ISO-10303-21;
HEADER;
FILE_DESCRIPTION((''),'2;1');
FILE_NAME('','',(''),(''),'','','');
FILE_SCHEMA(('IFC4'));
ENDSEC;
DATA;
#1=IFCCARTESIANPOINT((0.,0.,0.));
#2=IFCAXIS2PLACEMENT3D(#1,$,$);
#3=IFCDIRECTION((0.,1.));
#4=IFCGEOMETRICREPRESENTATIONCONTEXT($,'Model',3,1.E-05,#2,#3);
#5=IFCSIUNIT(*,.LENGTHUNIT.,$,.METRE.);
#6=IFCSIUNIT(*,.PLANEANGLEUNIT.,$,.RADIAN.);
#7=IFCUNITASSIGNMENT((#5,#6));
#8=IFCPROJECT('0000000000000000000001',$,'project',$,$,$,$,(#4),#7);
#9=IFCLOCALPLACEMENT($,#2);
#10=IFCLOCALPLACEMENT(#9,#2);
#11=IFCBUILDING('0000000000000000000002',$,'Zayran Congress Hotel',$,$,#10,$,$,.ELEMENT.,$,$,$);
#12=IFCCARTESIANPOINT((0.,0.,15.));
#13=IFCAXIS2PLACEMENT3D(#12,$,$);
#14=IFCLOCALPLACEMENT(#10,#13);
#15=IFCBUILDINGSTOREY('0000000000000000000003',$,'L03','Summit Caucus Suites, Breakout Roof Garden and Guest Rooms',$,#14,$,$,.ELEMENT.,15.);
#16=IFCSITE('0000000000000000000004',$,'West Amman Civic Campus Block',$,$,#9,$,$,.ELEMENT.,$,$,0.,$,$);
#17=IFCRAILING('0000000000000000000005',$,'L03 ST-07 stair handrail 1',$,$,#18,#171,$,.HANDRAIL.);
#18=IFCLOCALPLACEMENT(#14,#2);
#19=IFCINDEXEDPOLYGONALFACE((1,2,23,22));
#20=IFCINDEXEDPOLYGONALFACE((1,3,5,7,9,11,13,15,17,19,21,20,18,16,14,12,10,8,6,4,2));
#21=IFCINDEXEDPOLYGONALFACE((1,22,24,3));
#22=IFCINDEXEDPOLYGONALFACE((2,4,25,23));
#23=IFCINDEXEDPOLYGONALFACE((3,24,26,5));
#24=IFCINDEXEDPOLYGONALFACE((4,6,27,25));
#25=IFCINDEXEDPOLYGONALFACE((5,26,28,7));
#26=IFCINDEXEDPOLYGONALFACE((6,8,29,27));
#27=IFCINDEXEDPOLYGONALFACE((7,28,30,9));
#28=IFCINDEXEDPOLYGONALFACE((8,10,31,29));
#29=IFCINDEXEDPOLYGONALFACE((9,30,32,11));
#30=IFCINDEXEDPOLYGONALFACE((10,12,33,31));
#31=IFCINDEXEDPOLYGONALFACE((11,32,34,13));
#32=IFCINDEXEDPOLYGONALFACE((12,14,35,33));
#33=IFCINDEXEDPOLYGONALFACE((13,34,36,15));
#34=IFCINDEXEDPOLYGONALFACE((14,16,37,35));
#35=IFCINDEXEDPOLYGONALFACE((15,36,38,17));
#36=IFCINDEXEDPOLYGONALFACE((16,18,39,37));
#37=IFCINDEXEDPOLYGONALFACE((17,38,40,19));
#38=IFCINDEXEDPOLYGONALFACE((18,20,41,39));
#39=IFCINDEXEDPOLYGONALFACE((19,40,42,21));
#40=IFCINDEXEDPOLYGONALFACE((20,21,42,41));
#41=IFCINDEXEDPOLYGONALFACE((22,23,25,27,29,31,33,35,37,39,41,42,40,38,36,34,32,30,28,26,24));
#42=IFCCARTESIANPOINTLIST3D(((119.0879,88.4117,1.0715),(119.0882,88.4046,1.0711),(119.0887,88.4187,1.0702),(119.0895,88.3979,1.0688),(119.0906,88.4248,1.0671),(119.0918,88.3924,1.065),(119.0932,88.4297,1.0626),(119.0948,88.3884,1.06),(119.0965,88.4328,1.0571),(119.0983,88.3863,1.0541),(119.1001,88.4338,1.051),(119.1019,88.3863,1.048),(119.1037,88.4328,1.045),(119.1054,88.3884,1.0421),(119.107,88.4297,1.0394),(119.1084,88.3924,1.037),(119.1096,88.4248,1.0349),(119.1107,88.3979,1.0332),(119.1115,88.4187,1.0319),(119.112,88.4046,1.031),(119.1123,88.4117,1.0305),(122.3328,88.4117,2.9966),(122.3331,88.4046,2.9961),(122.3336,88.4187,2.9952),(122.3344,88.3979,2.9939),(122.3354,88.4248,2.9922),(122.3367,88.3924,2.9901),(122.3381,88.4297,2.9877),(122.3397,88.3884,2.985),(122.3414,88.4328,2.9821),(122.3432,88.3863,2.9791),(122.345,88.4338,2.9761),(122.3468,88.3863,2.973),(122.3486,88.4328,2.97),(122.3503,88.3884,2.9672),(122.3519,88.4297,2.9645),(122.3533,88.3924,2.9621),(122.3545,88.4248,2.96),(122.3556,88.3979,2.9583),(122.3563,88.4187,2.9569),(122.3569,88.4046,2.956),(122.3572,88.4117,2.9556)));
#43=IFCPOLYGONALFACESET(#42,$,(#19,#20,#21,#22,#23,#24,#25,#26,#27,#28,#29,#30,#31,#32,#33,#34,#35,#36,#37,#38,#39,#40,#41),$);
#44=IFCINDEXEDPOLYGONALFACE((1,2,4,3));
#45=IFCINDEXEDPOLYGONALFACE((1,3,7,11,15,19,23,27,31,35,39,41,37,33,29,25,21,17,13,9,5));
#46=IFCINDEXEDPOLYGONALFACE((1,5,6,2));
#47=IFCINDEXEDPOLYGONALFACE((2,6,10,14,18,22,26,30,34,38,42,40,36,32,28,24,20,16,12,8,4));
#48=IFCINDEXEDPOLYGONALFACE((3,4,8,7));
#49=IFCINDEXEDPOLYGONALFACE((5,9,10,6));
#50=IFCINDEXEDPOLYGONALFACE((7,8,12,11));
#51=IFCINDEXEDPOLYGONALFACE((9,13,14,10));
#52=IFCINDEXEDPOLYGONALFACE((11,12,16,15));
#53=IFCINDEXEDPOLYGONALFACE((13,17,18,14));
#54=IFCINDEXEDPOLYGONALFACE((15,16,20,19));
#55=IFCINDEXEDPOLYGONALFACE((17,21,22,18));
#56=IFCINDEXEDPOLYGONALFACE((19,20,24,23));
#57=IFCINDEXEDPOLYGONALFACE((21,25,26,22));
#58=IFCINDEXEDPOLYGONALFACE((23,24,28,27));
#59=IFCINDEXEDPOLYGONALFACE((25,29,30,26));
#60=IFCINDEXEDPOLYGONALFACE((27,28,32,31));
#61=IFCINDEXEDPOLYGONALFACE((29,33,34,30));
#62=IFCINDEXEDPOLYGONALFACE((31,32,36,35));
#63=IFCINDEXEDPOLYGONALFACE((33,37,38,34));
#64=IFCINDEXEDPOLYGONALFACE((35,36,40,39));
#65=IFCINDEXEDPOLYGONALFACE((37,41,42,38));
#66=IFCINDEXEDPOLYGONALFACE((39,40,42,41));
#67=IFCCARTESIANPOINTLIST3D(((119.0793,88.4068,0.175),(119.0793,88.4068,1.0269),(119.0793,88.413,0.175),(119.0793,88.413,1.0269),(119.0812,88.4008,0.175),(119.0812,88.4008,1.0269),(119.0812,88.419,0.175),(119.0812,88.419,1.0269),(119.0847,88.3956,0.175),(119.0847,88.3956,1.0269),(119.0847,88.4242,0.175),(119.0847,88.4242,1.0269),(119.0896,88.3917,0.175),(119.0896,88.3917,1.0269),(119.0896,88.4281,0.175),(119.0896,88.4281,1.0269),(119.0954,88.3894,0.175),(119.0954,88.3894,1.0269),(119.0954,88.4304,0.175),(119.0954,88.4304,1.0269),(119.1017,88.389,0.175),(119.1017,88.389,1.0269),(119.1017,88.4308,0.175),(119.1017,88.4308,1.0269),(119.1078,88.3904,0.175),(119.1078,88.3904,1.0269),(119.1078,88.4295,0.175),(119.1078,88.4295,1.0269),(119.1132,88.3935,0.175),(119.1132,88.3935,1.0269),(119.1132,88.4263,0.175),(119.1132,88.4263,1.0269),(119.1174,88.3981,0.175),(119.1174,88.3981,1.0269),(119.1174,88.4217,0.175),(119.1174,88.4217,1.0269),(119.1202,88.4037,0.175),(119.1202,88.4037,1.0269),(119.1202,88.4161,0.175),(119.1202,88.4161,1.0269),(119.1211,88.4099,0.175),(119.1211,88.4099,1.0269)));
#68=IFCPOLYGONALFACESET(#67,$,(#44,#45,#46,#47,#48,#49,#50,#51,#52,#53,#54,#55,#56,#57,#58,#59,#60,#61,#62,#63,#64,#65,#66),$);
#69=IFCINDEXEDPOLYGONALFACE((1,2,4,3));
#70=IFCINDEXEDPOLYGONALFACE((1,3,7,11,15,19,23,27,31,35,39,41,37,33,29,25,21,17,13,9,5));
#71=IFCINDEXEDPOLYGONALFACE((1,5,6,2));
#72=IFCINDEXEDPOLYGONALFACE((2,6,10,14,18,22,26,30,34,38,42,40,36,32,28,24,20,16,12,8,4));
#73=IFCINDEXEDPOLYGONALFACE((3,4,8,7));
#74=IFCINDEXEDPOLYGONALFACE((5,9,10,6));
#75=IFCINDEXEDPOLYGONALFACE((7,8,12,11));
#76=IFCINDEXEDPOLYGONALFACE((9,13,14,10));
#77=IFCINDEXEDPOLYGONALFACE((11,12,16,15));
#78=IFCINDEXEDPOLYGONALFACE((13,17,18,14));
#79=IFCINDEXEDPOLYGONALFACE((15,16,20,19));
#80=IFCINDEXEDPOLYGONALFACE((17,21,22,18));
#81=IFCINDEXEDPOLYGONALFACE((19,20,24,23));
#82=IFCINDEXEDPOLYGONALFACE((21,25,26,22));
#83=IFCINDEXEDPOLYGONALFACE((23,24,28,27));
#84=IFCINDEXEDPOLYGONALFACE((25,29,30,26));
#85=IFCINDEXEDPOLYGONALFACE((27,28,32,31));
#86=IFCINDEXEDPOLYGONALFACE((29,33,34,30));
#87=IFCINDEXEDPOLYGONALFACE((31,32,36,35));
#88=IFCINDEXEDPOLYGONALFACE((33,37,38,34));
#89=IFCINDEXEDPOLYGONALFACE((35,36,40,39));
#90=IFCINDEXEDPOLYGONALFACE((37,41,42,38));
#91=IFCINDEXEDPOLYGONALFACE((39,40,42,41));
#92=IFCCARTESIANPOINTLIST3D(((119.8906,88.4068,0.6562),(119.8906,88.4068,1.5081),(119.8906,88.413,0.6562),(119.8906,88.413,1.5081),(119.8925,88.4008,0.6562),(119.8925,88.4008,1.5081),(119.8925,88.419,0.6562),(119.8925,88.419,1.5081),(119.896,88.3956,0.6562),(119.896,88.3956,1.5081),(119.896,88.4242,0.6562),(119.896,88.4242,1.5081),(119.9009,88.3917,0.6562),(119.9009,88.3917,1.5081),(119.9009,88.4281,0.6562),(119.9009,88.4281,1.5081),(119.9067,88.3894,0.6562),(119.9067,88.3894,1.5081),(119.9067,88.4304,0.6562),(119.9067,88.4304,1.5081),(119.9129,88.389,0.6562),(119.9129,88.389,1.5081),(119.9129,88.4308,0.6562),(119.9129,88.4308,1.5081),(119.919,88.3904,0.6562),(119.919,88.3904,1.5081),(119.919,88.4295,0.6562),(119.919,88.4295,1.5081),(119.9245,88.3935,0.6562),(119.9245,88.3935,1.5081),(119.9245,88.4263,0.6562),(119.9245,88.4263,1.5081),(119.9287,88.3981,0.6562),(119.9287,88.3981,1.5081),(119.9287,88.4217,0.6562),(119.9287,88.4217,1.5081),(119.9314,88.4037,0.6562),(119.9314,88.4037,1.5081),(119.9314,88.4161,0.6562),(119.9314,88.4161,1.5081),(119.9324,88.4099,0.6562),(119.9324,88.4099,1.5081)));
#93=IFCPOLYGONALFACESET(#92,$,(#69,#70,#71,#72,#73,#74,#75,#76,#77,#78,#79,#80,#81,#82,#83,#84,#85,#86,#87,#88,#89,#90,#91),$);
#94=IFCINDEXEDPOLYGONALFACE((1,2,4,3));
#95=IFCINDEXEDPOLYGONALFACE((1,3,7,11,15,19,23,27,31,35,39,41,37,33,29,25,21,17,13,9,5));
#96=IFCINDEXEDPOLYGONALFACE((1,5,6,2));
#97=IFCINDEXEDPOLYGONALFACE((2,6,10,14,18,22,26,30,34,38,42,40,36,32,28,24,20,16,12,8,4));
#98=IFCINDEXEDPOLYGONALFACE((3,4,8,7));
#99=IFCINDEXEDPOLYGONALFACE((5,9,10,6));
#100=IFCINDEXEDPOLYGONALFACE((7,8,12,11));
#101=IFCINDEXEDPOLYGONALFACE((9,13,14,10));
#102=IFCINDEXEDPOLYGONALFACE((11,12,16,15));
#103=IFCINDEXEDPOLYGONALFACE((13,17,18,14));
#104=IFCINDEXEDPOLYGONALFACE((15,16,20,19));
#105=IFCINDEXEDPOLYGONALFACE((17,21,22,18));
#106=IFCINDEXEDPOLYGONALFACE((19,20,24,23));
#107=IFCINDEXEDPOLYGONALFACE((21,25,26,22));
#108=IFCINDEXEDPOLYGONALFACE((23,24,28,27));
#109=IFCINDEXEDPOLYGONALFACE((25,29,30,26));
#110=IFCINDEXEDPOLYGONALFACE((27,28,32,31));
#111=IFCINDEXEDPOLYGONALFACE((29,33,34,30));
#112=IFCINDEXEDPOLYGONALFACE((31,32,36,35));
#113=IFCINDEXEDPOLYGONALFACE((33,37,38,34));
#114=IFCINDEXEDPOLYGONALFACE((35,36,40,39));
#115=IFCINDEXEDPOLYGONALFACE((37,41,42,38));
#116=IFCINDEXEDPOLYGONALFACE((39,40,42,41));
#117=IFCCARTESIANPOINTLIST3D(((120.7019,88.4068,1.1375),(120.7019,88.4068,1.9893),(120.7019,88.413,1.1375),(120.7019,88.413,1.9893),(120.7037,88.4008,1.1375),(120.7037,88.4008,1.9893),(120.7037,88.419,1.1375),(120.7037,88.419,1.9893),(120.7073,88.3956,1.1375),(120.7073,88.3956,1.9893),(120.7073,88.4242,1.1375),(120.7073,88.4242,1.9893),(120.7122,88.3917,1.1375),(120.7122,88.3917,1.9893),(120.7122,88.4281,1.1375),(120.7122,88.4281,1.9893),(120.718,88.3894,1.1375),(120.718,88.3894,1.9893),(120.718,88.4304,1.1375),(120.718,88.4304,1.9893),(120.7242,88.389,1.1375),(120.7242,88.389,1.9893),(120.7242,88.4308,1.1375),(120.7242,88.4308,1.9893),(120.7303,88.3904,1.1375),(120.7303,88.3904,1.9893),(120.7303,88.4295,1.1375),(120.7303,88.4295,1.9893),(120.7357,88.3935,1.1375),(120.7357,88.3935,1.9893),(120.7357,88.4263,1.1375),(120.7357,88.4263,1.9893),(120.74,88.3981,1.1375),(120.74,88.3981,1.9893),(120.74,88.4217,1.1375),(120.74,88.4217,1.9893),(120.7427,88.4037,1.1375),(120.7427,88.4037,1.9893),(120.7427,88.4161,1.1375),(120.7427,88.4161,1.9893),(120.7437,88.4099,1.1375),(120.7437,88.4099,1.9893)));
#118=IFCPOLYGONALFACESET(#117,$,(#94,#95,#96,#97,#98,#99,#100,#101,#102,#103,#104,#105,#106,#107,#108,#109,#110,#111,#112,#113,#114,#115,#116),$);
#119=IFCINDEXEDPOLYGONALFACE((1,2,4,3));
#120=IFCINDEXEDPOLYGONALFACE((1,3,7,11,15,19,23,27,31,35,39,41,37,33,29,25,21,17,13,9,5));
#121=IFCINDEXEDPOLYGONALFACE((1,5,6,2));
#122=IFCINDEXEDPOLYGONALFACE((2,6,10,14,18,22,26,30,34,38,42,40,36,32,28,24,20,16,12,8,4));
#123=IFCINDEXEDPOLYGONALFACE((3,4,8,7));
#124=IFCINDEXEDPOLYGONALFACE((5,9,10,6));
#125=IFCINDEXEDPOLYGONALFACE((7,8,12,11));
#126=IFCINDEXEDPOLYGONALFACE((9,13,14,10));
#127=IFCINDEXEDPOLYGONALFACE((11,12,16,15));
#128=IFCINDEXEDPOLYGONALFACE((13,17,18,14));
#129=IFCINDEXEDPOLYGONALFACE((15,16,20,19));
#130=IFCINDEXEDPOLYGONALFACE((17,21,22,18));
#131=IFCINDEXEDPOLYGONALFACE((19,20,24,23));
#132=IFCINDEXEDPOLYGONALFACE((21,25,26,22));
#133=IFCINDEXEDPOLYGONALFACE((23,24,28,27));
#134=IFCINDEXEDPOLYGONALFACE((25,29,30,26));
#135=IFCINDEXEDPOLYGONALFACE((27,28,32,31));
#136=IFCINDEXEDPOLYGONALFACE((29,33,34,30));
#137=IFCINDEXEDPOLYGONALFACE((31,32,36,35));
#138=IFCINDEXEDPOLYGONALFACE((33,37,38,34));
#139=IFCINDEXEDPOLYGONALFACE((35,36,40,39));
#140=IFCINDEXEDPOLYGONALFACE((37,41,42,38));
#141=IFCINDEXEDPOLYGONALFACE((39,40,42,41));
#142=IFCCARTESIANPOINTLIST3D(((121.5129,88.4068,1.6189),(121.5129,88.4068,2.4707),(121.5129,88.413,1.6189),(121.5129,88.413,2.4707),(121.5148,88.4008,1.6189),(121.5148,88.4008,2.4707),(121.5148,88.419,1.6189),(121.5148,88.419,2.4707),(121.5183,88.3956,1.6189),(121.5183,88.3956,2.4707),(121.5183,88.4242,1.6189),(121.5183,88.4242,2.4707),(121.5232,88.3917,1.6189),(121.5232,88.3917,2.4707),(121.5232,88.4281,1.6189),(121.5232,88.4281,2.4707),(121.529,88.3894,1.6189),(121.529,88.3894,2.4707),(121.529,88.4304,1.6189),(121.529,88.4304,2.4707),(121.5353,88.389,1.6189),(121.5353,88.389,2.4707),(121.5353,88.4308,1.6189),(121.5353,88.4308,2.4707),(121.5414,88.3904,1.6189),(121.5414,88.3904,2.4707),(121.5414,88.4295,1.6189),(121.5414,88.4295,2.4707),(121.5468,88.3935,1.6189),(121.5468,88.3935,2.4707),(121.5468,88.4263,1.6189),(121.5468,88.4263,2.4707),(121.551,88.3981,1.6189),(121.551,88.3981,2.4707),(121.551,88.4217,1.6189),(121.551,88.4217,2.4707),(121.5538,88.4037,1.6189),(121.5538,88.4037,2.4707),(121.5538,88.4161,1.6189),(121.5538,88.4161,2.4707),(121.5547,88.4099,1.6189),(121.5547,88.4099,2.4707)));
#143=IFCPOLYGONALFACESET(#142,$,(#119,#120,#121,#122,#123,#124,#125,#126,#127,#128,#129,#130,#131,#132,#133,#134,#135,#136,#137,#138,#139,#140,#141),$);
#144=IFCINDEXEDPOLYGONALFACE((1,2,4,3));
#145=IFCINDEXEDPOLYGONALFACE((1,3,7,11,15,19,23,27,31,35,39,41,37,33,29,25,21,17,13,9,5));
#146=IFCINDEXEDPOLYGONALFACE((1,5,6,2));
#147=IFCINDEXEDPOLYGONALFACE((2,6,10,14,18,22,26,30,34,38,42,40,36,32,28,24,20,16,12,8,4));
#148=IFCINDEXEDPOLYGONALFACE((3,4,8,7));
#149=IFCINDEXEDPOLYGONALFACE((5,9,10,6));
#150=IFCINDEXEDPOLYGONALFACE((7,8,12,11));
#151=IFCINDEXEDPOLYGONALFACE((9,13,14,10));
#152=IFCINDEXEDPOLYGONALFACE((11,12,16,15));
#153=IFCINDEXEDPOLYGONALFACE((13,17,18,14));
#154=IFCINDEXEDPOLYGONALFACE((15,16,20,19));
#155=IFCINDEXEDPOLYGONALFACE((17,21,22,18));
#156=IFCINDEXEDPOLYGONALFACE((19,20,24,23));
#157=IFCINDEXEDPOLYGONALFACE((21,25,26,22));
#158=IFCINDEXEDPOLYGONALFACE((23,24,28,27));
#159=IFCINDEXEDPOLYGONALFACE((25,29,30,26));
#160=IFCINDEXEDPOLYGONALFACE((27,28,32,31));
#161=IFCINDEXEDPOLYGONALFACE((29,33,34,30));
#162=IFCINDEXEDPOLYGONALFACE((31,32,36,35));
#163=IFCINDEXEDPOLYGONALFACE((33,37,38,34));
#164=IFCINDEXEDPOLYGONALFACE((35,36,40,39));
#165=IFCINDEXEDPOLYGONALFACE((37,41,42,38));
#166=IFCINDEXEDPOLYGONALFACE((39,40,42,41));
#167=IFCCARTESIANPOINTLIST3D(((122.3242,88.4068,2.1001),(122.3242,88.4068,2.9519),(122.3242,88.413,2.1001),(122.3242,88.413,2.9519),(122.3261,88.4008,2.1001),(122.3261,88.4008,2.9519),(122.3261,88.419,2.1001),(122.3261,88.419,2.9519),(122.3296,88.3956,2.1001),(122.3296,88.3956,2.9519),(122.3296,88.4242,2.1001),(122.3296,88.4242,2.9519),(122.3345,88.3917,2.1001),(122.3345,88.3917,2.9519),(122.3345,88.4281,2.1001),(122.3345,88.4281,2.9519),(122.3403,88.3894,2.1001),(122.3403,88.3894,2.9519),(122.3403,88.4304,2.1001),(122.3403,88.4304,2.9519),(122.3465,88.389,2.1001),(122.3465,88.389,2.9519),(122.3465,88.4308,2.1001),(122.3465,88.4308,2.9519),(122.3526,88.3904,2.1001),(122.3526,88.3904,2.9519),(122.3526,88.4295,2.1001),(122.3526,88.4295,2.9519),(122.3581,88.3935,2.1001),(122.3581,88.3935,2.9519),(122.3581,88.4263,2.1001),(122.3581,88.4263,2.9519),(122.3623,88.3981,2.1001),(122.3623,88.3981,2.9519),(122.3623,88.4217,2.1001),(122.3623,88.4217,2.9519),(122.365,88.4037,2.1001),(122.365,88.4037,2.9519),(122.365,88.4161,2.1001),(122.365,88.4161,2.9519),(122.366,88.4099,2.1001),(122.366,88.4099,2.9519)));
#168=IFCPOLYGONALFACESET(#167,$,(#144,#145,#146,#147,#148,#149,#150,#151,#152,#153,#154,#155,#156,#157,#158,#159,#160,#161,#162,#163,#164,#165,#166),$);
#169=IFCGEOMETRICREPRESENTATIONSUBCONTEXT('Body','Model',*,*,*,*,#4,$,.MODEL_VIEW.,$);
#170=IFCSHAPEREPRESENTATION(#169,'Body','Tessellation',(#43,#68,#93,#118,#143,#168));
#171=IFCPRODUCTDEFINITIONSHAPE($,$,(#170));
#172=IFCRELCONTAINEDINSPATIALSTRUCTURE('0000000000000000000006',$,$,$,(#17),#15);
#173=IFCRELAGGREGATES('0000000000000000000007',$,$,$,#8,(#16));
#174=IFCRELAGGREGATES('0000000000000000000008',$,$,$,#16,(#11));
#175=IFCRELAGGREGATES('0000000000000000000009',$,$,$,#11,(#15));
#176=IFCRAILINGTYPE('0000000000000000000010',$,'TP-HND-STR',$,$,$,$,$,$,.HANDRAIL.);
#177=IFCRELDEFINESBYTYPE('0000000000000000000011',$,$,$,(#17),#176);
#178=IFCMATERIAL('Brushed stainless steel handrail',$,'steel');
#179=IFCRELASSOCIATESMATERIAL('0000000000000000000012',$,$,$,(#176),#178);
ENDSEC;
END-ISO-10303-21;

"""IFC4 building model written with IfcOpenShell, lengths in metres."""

from ifc_helpers import new_model, si_unit, direction, frame, origin, origin_2d, place, context, subcontext, project, spatial, circle, extrude, material, type_object, element, save


model = new_model("IFC4")

# Units and contexts
model_context = context("Model", 3, precision=1e-05, world=origin(), true_north=direction((0.0, 1.0)))
body_context = subcontext(model_context, "Body", "Model", "MODEL_VIEW")
ifc_project = project(units=[si_unit("LENGTHUNIT", "METRE"), si_unit("PLANEANGLEUNIT", "RADIAN")], contexts=[model_context])

# Site, building, storey
site_placement = place(None, origin())
site = spatial("IfcSite", under=ifc_project, at=site_placement, Name="West Amman Civic Campus Block", CompositionType="ELEMENT", RefElevation=0.0)
building_placement = place(site_placement, origin())
building = spatial("IfcBuilding", under=site, at=building_placement, Name="Zayran Congress Hotel", CompositionType="ELEMENT")
storey_placement = place(building_placement, frame((0.0, 0.0, 15.0)))
storey = spatial("IfcBuildingStorey", under=building, at=storey_placement, Name="L03", Description="Summit Caucus Suites, Breakout Roof Garden and Guest Rooms", CompositionType="ELEMENT", Elevation=15.0)

# Railing
ifc_material_1 = material(Name="Brushed stainless steel handrail", Category="steel")
railing_type_1 = type_object("IfcRailingType", Name="TP-HND-STR", PredefinedType="HANDRAIL", material=ifc_material_1)
railing_1_placement = place(storey_placement, frame((119.1001, 88.4099, 0.175)))
element("IfcRailing", 1, at=railing_1_placement, inside=storey, type_object=railing_type_1, Name="L03 ST-07 stair handrail 1", PredefinedType="HANDRAIL", context=body_context, shape_type="SweptSolid", body=[
    extrude(circle(Radius=0.0239, at=origin_2d()), frame((0.0, 0.0, 0.876), z_axis=(0.86004, 0.0, 0.510226), x_axis=(0.0, 1.0, 0.0)), (0.0, 0.0, 1.0), 3.7729),
    extrude(circle(Radius=0.021, at=origin_2d()), origin(), (0.0, 0.0, 1.0), 0.8518),
    extrude(circle(Radius=0.021, at=origin_2d()), frame((0.8113, 0.0, 0.4812)), (0.0, 0.0, 1.0), 0.8518),
    extrude(circle(Radius=0.021, at=origin_2d()), frame((1.6226, 0.0, 0.9624)), (0.0, 0.0, 1.0), 0.8518),
    extrude(circle(Radius=0.021, at=origin_2d()), frame((2.4336, 0.0, 1.4438)), (0.0, 0.0, 1.0), 0.8518),
    extrude(circle(Radius=0.021, at=origin_2d()), frame((3.2449, 0.0, 1.925)), (0.0, 0.0, 1.0), 0.8518),
])

save(model, "model.ifc")
